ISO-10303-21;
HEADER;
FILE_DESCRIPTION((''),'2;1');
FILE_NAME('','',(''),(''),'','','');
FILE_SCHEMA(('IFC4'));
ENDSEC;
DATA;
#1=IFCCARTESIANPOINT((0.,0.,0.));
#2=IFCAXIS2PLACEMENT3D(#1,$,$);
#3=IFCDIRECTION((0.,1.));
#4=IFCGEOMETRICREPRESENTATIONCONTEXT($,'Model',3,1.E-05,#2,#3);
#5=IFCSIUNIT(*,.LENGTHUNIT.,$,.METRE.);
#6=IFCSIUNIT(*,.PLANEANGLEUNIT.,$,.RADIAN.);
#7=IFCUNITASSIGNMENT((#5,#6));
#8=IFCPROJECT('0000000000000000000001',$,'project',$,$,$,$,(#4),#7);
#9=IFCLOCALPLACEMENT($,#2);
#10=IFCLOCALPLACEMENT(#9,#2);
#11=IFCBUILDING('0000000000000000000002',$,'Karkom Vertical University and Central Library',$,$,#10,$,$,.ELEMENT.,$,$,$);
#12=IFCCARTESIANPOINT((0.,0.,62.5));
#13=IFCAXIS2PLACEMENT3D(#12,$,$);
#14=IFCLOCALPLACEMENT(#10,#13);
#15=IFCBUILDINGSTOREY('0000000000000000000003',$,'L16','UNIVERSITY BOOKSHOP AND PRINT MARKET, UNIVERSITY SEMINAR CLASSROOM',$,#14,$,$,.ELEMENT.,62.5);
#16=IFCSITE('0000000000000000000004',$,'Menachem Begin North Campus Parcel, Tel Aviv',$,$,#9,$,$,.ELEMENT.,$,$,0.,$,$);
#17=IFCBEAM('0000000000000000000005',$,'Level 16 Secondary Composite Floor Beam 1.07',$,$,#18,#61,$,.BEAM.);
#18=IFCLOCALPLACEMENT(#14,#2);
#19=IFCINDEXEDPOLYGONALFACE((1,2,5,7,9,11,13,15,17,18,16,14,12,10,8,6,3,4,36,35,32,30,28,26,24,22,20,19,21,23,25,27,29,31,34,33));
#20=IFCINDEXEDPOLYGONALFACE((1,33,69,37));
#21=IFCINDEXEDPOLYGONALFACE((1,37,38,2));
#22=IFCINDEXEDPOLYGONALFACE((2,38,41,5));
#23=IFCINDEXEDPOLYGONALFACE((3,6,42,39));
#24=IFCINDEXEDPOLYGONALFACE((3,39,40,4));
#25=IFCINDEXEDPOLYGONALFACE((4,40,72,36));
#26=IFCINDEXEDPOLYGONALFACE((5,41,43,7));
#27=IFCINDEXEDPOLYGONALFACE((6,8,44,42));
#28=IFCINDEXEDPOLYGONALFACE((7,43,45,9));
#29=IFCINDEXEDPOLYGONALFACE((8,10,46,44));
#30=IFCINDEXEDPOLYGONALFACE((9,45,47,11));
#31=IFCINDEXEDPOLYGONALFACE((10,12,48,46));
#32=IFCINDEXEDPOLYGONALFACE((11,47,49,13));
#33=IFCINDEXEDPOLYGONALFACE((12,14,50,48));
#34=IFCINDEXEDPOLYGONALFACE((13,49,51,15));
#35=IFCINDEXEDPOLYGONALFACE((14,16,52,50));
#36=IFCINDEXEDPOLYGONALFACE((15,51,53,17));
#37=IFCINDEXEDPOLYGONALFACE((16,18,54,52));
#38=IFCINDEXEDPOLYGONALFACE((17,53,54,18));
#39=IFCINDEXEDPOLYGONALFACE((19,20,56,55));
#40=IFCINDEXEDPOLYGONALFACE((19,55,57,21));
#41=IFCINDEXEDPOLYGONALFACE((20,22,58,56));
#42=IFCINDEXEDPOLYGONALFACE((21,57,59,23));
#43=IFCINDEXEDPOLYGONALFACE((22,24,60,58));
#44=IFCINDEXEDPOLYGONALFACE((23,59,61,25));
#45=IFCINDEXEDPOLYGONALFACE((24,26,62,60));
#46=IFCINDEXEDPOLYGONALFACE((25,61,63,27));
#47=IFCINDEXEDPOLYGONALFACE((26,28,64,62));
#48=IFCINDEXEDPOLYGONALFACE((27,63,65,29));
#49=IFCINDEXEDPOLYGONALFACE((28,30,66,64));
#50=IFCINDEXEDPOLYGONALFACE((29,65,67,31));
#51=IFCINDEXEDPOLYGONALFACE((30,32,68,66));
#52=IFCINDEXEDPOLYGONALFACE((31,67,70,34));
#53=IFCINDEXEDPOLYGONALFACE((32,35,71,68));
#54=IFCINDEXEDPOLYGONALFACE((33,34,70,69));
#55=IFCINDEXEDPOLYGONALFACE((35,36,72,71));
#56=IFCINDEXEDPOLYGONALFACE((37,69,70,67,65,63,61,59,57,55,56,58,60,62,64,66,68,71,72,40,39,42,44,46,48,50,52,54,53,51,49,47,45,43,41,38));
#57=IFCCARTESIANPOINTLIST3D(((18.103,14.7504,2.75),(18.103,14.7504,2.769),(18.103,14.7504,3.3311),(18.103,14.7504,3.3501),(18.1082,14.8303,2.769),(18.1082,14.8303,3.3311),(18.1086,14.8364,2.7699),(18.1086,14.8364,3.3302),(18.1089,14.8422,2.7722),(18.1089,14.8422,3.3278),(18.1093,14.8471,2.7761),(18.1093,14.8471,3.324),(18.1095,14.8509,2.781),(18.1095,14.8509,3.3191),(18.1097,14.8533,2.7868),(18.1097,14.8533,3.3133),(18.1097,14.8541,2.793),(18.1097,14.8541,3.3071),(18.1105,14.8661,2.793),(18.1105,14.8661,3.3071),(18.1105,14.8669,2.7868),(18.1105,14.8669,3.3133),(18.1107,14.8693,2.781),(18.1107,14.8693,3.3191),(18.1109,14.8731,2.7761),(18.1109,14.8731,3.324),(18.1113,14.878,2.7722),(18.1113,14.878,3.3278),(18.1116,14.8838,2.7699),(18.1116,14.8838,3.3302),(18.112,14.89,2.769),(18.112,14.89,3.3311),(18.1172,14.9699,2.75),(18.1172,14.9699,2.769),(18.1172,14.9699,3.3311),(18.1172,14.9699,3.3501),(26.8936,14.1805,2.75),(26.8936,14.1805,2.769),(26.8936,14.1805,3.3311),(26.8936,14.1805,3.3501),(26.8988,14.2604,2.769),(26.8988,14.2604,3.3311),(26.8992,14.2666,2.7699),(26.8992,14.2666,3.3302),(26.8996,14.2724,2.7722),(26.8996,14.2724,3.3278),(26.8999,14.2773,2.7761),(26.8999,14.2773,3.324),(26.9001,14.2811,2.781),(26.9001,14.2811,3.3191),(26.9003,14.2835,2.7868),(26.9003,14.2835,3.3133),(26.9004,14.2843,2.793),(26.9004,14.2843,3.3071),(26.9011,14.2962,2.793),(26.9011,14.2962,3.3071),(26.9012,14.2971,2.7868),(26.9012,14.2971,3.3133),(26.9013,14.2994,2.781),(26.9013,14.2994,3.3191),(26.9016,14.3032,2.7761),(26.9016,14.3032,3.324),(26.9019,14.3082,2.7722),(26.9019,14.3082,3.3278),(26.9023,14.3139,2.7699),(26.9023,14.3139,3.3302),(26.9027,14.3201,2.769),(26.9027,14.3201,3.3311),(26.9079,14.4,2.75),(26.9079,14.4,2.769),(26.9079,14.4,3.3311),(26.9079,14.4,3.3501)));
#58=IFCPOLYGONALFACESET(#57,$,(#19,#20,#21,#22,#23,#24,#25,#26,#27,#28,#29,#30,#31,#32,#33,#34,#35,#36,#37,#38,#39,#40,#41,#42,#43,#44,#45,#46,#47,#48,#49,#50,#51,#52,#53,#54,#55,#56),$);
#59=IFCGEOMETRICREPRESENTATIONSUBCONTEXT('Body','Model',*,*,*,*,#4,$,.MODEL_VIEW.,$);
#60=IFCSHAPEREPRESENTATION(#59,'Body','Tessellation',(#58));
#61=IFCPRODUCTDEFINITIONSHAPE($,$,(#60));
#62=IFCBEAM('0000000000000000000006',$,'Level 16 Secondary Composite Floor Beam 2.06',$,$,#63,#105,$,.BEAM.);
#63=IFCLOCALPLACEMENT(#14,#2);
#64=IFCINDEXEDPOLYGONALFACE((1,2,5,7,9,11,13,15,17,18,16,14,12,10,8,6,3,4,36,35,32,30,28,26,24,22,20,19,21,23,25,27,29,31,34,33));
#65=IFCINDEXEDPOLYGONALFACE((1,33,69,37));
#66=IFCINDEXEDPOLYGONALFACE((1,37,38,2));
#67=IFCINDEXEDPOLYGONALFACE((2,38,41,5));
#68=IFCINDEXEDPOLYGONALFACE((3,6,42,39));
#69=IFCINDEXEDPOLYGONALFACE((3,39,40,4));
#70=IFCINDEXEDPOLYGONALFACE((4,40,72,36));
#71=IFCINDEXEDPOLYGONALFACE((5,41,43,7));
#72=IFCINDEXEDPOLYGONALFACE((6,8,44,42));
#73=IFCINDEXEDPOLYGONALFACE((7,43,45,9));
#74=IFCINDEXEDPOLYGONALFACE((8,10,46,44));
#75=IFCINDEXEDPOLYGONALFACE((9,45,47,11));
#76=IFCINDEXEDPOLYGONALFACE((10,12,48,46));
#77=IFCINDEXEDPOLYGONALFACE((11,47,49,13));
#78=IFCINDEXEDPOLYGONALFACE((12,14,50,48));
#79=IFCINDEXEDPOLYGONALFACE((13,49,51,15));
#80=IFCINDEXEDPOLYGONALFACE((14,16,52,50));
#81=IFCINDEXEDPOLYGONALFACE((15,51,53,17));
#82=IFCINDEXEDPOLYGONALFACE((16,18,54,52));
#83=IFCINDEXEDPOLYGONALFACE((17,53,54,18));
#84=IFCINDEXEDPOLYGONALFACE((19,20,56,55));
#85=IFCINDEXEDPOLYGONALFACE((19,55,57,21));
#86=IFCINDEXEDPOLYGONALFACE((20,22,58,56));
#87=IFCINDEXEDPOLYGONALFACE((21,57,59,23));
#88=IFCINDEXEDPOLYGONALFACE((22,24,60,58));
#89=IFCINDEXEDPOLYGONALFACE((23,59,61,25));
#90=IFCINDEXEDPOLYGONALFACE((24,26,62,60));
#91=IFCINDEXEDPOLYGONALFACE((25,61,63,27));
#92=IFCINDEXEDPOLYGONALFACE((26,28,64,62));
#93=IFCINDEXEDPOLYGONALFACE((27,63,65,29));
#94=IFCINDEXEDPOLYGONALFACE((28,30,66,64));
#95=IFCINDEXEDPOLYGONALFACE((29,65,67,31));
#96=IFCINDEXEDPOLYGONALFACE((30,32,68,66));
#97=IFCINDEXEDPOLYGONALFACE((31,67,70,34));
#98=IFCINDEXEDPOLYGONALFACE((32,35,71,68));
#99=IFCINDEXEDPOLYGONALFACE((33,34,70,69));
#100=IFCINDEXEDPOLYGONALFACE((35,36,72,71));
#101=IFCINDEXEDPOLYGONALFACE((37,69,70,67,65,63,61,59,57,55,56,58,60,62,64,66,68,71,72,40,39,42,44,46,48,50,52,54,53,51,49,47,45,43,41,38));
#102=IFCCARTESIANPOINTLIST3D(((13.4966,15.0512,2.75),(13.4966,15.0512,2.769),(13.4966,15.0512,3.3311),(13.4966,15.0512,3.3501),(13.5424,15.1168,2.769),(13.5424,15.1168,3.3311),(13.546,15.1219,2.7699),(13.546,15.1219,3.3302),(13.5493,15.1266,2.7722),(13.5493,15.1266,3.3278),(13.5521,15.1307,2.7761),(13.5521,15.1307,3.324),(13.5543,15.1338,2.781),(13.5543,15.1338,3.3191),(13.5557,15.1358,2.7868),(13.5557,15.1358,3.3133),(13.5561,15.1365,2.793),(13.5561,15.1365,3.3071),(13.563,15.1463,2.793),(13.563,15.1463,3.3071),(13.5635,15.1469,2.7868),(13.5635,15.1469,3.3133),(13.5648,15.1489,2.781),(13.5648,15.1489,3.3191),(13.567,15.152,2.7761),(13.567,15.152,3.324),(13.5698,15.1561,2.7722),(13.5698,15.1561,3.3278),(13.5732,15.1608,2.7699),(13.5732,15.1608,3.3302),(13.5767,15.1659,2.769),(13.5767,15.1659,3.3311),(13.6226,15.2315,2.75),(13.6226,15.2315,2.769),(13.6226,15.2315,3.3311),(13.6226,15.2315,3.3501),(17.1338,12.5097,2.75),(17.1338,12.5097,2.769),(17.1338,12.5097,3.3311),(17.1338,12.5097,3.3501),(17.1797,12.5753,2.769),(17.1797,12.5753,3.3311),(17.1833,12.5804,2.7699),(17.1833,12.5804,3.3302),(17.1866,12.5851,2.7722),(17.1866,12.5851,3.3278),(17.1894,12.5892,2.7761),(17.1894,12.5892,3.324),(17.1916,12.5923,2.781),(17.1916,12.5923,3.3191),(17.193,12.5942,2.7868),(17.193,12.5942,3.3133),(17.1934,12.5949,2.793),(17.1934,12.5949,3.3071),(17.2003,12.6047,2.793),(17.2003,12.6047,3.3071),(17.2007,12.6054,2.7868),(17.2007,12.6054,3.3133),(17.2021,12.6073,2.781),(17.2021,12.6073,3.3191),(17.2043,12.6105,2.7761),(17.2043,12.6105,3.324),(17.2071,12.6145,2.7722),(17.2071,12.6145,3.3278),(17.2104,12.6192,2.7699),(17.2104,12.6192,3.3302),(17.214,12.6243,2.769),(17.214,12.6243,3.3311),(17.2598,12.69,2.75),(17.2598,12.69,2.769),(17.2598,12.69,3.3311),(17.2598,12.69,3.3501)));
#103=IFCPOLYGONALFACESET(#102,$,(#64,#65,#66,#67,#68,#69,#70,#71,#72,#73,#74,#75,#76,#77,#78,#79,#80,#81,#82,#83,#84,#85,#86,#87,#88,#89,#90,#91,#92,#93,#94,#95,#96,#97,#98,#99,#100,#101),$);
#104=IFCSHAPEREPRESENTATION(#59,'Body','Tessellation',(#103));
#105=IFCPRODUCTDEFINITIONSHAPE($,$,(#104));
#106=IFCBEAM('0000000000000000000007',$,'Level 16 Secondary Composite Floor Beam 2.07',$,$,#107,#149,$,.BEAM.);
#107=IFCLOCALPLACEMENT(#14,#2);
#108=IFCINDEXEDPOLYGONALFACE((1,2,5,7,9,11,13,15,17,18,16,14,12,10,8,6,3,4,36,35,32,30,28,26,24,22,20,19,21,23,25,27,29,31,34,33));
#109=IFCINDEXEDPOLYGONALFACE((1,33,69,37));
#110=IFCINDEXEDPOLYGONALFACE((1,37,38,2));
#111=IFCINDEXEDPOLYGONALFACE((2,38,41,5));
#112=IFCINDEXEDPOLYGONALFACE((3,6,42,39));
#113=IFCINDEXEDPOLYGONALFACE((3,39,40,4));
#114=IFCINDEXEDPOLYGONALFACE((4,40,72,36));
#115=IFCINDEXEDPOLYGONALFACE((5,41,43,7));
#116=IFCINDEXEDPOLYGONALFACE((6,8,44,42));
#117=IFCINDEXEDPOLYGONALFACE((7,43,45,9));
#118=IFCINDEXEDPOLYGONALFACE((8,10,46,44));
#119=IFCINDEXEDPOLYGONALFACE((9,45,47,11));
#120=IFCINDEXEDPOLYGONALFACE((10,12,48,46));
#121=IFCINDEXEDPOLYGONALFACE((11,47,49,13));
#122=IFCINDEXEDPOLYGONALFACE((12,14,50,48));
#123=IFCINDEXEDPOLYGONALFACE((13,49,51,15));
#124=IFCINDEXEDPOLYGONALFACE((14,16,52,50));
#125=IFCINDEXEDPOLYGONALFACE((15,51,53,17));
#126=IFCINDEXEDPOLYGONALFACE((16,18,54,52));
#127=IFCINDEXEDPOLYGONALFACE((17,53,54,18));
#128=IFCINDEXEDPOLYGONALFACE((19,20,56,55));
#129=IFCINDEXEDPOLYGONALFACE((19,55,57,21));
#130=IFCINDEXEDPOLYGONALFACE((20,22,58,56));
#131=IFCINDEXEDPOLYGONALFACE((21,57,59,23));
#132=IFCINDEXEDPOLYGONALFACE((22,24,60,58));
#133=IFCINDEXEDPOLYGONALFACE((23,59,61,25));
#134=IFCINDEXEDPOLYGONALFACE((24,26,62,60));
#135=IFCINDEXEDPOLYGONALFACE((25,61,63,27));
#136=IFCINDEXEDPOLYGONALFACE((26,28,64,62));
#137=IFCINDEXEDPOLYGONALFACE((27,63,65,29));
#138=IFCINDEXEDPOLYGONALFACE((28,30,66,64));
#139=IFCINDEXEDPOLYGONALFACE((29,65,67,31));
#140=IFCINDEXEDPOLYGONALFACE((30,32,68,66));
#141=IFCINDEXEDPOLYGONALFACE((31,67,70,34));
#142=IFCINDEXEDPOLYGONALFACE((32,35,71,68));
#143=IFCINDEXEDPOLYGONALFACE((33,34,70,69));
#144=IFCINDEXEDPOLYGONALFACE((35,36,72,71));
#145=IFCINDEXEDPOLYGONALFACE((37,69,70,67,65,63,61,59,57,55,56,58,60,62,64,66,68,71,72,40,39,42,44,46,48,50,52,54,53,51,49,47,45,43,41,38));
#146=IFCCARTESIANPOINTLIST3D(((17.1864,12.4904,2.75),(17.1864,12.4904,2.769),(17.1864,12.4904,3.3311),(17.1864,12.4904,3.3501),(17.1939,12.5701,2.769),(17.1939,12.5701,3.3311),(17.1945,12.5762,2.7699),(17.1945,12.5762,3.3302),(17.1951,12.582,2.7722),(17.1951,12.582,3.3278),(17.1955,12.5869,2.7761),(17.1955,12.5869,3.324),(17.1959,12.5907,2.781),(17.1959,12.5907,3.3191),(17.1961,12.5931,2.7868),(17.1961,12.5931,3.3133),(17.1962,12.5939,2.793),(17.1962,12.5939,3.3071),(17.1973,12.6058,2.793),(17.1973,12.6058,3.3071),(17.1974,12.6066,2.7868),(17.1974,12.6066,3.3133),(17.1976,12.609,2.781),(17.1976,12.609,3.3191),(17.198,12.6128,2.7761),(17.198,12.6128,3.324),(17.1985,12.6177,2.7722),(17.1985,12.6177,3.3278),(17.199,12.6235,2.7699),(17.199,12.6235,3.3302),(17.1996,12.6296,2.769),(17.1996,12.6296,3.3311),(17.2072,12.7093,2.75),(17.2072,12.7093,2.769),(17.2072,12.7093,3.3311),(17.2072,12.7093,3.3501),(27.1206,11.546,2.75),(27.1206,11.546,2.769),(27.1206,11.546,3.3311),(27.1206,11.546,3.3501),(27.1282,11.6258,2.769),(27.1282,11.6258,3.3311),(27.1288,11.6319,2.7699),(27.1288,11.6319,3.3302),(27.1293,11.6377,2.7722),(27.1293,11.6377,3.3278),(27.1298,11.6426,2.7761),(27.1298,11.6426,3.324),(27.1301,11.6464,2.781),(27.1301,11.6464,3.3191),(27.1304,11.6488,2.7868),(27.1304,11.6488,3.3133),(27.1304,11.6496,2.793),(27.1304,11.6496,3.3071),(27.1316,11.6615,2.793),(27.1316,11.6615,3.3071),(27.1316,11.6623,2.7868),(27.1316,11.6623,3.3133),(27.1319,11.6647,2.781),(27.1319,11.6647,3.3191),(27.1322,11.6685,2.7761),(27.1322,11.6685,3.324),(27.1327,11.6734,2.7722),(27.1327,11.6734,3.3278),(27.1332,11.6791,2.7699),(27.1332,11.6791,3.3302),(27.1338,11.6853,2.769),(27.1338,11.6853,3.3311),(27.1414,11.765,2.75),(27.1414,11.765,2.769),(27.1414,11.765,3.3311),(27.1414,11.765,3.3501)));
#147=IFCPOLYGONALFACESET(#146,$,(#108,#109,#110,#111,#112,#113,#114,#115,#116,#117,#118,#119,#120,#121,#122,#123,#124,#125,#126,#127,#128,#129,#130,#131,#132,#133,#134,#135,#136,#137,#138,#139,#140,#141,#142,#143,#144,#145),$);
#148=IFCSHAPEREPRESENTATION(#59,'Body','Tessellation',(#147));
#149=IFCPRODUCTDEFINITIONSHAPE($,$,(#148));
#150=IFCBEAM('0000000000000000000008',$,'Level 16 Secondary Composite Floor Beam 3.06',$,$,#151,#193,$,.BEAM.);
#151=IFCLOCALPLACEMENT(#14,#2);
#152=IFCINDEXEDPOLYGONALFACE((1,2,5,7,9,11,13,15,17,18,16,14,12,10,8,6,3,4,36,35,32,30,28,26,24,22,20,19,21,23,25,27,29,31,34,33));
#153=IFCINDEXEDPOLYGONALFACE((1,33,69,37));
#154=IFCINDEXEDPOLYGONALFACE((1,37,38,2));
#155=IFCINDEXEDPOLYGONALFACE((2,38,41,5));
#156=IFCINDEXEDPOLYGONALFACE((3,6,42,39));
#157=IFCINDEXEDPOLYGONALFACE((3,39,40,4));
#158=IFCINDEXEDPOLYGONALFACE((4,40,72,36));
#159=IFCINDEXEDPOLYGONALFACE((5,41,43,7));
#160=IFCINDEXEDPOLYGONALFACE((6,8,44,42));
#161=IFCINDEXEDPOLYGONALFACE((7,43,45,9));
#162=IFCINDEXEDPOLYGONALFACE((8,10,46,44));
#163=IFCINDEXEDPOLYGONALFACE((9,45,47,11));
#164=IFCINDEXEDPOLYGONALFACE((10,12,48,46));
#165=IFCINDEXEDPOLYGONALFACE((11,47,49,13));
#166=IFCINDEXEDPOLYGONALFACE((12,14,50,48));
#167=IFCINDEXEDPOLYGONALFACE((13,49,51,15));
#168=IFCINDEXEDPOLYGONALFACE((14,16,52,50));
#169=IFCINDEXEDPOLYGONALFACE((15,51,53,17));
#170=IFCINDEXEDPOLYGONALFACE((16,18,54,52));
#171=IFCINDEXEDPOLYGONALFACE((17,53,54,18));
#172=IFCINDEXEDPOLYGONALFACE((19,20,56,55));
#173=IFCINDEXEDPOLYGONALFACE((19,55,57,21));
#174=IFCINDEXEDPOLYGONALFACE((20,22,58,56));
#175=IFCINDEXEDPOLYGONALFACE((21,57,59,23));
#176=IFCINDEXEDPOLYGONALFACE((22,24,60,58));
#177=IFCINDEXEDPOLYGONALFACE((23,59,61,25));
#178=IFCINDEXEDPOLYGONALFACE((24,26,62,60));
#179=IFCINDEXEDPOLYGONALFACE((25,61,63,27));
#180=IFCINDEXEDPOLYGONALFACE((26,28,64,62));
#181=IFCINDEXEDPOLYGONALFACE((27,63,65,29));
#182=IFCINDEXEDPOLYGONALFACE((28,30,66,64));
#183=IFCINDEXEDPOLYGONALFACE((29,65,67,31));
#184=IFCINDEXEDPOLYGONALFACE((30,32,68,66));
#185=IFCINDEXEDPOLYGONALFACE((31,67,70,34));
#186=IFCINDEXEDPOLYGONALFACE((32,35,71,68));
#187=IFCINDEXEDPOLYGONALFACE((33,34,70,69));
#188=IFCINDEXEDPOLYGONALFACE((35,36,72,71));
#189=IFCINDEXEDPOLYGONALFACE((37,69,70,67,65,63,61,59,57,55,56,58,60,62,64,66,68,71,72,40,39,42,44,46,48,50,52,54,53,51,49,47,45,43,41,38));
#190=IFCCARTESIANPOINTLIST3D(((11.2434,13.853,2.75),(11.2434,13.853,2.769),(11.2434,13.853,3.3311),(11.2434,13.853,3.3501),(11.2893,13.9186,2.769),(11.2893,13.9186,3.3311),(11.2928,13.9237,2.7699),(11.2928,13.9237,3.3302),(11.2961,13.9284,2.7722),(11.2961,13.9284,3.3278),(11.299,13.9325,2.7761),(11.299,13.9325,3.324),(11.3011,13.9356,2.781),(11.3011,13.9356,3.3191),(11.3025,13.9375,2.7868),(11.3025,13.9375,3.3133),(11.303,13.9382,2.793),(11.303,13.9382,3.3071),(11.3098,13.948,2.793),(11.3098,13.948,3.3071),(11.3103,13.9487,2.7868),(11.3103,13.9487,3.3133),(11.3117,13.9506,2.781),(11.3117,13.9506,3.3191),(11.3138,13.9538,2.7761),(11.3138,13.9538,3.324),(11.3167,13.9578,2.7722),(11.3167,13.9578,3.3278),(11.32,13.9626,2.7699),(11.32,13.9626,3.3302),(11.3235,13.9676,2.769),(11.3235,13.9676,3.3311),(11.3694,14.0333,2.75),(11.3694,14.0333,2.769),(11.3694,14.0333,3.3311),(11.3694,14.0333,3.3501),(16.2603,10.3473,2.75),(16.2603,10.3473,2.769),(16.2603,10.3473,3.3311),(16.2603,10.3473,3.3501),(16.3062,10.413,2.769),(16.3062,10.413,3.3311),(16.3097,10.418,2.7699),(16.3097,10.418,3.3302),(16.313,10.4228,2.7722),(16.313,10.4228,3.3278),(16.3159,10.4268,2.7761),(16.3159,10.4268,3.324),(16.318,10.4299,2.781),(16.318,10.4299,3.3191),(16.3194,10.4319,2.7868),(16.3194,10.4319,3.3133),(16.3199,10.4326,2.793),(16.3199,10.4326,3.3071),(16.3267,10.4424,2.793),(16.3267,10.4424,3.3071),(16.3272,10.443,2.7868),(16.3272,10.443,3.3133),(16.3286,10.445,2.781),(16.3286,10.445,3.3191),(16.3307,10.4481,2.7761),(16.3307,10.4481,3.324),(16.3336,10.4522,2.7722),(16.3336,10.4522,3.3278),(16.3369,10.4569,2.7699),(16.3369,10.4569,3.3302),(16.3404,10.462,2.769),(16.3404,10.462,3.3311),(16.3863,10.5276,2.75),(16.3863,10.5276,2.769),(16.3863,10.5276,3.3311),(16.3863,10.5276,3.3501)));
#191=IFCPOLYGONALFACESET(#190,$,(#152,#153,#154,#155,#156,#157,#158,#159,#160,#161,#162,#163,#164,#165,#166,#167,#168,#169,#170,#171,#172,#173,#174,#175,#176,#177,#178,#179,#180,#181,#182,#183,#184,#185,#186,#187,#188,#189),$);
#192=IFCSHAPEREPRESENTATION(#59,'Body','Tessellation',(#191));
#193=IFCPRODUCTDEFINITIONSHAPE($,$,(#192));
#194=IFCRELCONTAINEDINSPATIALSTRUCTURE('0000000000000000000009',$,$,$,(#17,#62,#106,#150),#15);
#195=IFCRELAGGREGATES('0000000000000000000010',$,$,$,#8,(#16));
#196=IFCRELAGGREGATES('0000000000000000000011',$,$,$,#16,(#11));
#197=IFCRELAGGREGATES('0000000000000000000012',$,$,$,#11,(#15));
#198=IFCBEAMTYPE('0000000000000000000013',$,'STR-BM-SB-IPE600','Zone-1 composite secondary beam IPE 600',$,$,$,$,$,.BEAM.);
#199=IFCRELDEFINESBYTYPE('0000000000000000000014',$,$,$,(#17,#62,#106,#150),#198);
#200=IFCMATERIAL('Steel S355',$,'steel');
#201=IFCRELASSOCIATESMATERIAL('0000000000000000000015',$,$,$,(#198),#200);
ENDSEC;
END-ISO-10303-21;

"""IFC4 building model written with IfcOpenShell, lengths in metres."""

from ifc_helpers import new_model, si_unit, direction, frame, origin, origin_with_axes, origin_2d, place, context, subcontext, project, spatial, i_section, extrude, source, transform, mapped, material, material_profile, profile_set, type_object, element, save


model = new_model("IFC4")

# Units and contexts
model_context = context("Model", 3, precision=1e-05, world=origin(), true_north=direction((0.0, 1.0)))
body_context = subcontext(model_context, "Body", "Model", "MODEL_VIEW")
ifc_project = project(units=[si_unit("LENGTHUNIT", "METRE"), si_unit("PLANEANGLEUNIT", "RADIAN")], contexts=[model_context])

# Site, building, storey
site_placement = place(None, origin())
site = spatial("IfcSite", under=ifc_project, at=site_placement, Name="Menachem Begin North Campus Parcel, Tel Aviv", CompositionType="ELEMENT", RefElevation=0.0)
building_placement = place(site_placement, origin())
building = spatial("IfcBuilding", under=site, at=building_placement, Name="Karkom Vertical University and Central Library", CompositionType="ELEMENT")
storey_placement = place(building_placement, frame((0.0, 0.0, 62.5)))
storey = spatial("IfcBuildingStorey", under=building, at=storey_placement, Name="L16", Description="UNIVERSITY BOOKSHOP AND PRINT MARKET, UNIVERSITY SEMINAR CLASSROOM", CompositionType="ELEMENT", Elevation=62.5)

# Beams
ifc_material_1 = material(Name="Steel S355", Category="steel")
ifc_material_profile_1 = material_profile(ifc_material_1, i_section(OverallWidth=0.22, OverallDepth=0.6001, WebThickness=0.012, FlangeThickness=0.019, FilletRadius=0.0239, at=origin_2d()), Name="IPE 600")
ifc_profile_set_1 = profile_set([ifc_material_profile_1], Name="Steel S355")
beam_type_1 = type_object("IfcBeamType", Name="STR-BM-SB-IPE600", Description="Zone-1 composite secondary beam IPE 600", PredefinedType="BEAM", material=ifc_profile_set_1)
shared_shape_1 = source(origin_with_axes(), body_context, "Body", "SweptSolid", [
    extrude(i_section(OverallWidth=0.22, OverallDepth=0.6001, WebThickness=0.012, FlangeThickness=0.019, FilletRadius=0.0239, at=origin_2d()), origin(), (0.0, 0.0, 1.0), 8.8091),
])
beam_1_placement = place(storey_placement, frame((18.1101, 14.8601, 3.05), z_axis=(0.997906, -0.064687, 0.0), x_axis=(0.064687, 0.997906, 0.0)))
element("IfcBeam", 1, at=beam_1_placement, inside=storey, type_object=beam_type_1, Name="Level 16 Secondary Composite Floor Beam 1.07", PredefinedType="BEAM", context=body_context, shape_type="MappedRepresentation", body=[
    mapped(shared_shape_1, transform((0.0, 0.0, 0.0), scale=1.0)),
])
shared_shape_2 = source(origin_with_axes(), body_context, "Body", "SweptSolid", [
    extrude(i_section(OverallWidth=0.22, OverallDepth=0.6001, WebThickness=0.012, FlangeThickness=0.019, FilletRadius=0.0239, at=origin_2d()), origin(), (0.0, 0.0, 1.0), 4.4373),
])
beam_2_placement = place(storey_placement, frame((13.5596, 15.1414, 3.05), z_axis=(0.819712, -0.572775, 0.0), x_axis=(0.572775, 0.819712, 0.0)))
element("IfcBeam", 2, at=beam_2_placement, inside=storey, type_object=beam_type_1, Name="Level 16 Secondary Composite Floor Beam 2.06", PredefinedType="BEAM", context=body_context, shape_type="MappedRepresentation", body=[
    mapped(shared_shape_2, transform((0.0, 0.0, 0.0), scale=1.0)),
])
shared_shape_3 = source(origin_with_axes(), body_context, "Body", "SweptSolid", [
    extrude(i_section(OverallWidth=0.22, OverallDepth=0.6001, WebThickness=0.012, FlangeThickness=0.019, FilletRadius=0.0239, at=origin_2d()), origin(), (0.0, 0.0, 1.0), 9.979),
])
beam_3_placement = place(storey_placement, frame((17.1968, 12.5999, 3.05), z_axis=(0.995512, -0.094631, 0.0), x_axis=(0.094631, 0.995512, 0.0)))
element("IfcBeam", 3, at=beam_3_placement, inside=storey, type_object=beam_type_1, Name="Level 16 Secondary Composite Floor Beam 2.07", PredefinedType="BEAM", context=body_context, shape_type="MappedRepresentation", body=[
    mapped(shared_shape_3, transform((0.0, 0.0, 0.0), scale=1.0)),
])
shared_shape_4 = source(origin_with_axes(), body_context, "Body", "SweptSolid", [
    extrude(i_section(OverallWidth=0.22, OverallDepth=0.6001, WebThickness=0.012, FlangeThickness=0.019, FilletRadius=0.0239, at=origin_2d()), origin(), (0.0, 0.0, 1.0), 6.1204),
])
beam_4_placement = place(storey_placement, frame((11.3064, 13.9431, 3.05), z_axis=(0.819706, -0.572785, 0.0), x_axis=(0.572785, 0.819706, 0.0)))
element("IfcBeam", 4, at=beam_4_placement, inside=storey, type_object=beam_type_1, Name="Level 16 Secondary Composite Floor Beam 3.06", PredefinedType="BEAM", context=body_context, shape_type="MappedRepresentation", body=[
    mapped(shared_shape_4, transform((0.0, 0.0, 0.0), scale=1.0)),
])

save(model, "model.ifc")
